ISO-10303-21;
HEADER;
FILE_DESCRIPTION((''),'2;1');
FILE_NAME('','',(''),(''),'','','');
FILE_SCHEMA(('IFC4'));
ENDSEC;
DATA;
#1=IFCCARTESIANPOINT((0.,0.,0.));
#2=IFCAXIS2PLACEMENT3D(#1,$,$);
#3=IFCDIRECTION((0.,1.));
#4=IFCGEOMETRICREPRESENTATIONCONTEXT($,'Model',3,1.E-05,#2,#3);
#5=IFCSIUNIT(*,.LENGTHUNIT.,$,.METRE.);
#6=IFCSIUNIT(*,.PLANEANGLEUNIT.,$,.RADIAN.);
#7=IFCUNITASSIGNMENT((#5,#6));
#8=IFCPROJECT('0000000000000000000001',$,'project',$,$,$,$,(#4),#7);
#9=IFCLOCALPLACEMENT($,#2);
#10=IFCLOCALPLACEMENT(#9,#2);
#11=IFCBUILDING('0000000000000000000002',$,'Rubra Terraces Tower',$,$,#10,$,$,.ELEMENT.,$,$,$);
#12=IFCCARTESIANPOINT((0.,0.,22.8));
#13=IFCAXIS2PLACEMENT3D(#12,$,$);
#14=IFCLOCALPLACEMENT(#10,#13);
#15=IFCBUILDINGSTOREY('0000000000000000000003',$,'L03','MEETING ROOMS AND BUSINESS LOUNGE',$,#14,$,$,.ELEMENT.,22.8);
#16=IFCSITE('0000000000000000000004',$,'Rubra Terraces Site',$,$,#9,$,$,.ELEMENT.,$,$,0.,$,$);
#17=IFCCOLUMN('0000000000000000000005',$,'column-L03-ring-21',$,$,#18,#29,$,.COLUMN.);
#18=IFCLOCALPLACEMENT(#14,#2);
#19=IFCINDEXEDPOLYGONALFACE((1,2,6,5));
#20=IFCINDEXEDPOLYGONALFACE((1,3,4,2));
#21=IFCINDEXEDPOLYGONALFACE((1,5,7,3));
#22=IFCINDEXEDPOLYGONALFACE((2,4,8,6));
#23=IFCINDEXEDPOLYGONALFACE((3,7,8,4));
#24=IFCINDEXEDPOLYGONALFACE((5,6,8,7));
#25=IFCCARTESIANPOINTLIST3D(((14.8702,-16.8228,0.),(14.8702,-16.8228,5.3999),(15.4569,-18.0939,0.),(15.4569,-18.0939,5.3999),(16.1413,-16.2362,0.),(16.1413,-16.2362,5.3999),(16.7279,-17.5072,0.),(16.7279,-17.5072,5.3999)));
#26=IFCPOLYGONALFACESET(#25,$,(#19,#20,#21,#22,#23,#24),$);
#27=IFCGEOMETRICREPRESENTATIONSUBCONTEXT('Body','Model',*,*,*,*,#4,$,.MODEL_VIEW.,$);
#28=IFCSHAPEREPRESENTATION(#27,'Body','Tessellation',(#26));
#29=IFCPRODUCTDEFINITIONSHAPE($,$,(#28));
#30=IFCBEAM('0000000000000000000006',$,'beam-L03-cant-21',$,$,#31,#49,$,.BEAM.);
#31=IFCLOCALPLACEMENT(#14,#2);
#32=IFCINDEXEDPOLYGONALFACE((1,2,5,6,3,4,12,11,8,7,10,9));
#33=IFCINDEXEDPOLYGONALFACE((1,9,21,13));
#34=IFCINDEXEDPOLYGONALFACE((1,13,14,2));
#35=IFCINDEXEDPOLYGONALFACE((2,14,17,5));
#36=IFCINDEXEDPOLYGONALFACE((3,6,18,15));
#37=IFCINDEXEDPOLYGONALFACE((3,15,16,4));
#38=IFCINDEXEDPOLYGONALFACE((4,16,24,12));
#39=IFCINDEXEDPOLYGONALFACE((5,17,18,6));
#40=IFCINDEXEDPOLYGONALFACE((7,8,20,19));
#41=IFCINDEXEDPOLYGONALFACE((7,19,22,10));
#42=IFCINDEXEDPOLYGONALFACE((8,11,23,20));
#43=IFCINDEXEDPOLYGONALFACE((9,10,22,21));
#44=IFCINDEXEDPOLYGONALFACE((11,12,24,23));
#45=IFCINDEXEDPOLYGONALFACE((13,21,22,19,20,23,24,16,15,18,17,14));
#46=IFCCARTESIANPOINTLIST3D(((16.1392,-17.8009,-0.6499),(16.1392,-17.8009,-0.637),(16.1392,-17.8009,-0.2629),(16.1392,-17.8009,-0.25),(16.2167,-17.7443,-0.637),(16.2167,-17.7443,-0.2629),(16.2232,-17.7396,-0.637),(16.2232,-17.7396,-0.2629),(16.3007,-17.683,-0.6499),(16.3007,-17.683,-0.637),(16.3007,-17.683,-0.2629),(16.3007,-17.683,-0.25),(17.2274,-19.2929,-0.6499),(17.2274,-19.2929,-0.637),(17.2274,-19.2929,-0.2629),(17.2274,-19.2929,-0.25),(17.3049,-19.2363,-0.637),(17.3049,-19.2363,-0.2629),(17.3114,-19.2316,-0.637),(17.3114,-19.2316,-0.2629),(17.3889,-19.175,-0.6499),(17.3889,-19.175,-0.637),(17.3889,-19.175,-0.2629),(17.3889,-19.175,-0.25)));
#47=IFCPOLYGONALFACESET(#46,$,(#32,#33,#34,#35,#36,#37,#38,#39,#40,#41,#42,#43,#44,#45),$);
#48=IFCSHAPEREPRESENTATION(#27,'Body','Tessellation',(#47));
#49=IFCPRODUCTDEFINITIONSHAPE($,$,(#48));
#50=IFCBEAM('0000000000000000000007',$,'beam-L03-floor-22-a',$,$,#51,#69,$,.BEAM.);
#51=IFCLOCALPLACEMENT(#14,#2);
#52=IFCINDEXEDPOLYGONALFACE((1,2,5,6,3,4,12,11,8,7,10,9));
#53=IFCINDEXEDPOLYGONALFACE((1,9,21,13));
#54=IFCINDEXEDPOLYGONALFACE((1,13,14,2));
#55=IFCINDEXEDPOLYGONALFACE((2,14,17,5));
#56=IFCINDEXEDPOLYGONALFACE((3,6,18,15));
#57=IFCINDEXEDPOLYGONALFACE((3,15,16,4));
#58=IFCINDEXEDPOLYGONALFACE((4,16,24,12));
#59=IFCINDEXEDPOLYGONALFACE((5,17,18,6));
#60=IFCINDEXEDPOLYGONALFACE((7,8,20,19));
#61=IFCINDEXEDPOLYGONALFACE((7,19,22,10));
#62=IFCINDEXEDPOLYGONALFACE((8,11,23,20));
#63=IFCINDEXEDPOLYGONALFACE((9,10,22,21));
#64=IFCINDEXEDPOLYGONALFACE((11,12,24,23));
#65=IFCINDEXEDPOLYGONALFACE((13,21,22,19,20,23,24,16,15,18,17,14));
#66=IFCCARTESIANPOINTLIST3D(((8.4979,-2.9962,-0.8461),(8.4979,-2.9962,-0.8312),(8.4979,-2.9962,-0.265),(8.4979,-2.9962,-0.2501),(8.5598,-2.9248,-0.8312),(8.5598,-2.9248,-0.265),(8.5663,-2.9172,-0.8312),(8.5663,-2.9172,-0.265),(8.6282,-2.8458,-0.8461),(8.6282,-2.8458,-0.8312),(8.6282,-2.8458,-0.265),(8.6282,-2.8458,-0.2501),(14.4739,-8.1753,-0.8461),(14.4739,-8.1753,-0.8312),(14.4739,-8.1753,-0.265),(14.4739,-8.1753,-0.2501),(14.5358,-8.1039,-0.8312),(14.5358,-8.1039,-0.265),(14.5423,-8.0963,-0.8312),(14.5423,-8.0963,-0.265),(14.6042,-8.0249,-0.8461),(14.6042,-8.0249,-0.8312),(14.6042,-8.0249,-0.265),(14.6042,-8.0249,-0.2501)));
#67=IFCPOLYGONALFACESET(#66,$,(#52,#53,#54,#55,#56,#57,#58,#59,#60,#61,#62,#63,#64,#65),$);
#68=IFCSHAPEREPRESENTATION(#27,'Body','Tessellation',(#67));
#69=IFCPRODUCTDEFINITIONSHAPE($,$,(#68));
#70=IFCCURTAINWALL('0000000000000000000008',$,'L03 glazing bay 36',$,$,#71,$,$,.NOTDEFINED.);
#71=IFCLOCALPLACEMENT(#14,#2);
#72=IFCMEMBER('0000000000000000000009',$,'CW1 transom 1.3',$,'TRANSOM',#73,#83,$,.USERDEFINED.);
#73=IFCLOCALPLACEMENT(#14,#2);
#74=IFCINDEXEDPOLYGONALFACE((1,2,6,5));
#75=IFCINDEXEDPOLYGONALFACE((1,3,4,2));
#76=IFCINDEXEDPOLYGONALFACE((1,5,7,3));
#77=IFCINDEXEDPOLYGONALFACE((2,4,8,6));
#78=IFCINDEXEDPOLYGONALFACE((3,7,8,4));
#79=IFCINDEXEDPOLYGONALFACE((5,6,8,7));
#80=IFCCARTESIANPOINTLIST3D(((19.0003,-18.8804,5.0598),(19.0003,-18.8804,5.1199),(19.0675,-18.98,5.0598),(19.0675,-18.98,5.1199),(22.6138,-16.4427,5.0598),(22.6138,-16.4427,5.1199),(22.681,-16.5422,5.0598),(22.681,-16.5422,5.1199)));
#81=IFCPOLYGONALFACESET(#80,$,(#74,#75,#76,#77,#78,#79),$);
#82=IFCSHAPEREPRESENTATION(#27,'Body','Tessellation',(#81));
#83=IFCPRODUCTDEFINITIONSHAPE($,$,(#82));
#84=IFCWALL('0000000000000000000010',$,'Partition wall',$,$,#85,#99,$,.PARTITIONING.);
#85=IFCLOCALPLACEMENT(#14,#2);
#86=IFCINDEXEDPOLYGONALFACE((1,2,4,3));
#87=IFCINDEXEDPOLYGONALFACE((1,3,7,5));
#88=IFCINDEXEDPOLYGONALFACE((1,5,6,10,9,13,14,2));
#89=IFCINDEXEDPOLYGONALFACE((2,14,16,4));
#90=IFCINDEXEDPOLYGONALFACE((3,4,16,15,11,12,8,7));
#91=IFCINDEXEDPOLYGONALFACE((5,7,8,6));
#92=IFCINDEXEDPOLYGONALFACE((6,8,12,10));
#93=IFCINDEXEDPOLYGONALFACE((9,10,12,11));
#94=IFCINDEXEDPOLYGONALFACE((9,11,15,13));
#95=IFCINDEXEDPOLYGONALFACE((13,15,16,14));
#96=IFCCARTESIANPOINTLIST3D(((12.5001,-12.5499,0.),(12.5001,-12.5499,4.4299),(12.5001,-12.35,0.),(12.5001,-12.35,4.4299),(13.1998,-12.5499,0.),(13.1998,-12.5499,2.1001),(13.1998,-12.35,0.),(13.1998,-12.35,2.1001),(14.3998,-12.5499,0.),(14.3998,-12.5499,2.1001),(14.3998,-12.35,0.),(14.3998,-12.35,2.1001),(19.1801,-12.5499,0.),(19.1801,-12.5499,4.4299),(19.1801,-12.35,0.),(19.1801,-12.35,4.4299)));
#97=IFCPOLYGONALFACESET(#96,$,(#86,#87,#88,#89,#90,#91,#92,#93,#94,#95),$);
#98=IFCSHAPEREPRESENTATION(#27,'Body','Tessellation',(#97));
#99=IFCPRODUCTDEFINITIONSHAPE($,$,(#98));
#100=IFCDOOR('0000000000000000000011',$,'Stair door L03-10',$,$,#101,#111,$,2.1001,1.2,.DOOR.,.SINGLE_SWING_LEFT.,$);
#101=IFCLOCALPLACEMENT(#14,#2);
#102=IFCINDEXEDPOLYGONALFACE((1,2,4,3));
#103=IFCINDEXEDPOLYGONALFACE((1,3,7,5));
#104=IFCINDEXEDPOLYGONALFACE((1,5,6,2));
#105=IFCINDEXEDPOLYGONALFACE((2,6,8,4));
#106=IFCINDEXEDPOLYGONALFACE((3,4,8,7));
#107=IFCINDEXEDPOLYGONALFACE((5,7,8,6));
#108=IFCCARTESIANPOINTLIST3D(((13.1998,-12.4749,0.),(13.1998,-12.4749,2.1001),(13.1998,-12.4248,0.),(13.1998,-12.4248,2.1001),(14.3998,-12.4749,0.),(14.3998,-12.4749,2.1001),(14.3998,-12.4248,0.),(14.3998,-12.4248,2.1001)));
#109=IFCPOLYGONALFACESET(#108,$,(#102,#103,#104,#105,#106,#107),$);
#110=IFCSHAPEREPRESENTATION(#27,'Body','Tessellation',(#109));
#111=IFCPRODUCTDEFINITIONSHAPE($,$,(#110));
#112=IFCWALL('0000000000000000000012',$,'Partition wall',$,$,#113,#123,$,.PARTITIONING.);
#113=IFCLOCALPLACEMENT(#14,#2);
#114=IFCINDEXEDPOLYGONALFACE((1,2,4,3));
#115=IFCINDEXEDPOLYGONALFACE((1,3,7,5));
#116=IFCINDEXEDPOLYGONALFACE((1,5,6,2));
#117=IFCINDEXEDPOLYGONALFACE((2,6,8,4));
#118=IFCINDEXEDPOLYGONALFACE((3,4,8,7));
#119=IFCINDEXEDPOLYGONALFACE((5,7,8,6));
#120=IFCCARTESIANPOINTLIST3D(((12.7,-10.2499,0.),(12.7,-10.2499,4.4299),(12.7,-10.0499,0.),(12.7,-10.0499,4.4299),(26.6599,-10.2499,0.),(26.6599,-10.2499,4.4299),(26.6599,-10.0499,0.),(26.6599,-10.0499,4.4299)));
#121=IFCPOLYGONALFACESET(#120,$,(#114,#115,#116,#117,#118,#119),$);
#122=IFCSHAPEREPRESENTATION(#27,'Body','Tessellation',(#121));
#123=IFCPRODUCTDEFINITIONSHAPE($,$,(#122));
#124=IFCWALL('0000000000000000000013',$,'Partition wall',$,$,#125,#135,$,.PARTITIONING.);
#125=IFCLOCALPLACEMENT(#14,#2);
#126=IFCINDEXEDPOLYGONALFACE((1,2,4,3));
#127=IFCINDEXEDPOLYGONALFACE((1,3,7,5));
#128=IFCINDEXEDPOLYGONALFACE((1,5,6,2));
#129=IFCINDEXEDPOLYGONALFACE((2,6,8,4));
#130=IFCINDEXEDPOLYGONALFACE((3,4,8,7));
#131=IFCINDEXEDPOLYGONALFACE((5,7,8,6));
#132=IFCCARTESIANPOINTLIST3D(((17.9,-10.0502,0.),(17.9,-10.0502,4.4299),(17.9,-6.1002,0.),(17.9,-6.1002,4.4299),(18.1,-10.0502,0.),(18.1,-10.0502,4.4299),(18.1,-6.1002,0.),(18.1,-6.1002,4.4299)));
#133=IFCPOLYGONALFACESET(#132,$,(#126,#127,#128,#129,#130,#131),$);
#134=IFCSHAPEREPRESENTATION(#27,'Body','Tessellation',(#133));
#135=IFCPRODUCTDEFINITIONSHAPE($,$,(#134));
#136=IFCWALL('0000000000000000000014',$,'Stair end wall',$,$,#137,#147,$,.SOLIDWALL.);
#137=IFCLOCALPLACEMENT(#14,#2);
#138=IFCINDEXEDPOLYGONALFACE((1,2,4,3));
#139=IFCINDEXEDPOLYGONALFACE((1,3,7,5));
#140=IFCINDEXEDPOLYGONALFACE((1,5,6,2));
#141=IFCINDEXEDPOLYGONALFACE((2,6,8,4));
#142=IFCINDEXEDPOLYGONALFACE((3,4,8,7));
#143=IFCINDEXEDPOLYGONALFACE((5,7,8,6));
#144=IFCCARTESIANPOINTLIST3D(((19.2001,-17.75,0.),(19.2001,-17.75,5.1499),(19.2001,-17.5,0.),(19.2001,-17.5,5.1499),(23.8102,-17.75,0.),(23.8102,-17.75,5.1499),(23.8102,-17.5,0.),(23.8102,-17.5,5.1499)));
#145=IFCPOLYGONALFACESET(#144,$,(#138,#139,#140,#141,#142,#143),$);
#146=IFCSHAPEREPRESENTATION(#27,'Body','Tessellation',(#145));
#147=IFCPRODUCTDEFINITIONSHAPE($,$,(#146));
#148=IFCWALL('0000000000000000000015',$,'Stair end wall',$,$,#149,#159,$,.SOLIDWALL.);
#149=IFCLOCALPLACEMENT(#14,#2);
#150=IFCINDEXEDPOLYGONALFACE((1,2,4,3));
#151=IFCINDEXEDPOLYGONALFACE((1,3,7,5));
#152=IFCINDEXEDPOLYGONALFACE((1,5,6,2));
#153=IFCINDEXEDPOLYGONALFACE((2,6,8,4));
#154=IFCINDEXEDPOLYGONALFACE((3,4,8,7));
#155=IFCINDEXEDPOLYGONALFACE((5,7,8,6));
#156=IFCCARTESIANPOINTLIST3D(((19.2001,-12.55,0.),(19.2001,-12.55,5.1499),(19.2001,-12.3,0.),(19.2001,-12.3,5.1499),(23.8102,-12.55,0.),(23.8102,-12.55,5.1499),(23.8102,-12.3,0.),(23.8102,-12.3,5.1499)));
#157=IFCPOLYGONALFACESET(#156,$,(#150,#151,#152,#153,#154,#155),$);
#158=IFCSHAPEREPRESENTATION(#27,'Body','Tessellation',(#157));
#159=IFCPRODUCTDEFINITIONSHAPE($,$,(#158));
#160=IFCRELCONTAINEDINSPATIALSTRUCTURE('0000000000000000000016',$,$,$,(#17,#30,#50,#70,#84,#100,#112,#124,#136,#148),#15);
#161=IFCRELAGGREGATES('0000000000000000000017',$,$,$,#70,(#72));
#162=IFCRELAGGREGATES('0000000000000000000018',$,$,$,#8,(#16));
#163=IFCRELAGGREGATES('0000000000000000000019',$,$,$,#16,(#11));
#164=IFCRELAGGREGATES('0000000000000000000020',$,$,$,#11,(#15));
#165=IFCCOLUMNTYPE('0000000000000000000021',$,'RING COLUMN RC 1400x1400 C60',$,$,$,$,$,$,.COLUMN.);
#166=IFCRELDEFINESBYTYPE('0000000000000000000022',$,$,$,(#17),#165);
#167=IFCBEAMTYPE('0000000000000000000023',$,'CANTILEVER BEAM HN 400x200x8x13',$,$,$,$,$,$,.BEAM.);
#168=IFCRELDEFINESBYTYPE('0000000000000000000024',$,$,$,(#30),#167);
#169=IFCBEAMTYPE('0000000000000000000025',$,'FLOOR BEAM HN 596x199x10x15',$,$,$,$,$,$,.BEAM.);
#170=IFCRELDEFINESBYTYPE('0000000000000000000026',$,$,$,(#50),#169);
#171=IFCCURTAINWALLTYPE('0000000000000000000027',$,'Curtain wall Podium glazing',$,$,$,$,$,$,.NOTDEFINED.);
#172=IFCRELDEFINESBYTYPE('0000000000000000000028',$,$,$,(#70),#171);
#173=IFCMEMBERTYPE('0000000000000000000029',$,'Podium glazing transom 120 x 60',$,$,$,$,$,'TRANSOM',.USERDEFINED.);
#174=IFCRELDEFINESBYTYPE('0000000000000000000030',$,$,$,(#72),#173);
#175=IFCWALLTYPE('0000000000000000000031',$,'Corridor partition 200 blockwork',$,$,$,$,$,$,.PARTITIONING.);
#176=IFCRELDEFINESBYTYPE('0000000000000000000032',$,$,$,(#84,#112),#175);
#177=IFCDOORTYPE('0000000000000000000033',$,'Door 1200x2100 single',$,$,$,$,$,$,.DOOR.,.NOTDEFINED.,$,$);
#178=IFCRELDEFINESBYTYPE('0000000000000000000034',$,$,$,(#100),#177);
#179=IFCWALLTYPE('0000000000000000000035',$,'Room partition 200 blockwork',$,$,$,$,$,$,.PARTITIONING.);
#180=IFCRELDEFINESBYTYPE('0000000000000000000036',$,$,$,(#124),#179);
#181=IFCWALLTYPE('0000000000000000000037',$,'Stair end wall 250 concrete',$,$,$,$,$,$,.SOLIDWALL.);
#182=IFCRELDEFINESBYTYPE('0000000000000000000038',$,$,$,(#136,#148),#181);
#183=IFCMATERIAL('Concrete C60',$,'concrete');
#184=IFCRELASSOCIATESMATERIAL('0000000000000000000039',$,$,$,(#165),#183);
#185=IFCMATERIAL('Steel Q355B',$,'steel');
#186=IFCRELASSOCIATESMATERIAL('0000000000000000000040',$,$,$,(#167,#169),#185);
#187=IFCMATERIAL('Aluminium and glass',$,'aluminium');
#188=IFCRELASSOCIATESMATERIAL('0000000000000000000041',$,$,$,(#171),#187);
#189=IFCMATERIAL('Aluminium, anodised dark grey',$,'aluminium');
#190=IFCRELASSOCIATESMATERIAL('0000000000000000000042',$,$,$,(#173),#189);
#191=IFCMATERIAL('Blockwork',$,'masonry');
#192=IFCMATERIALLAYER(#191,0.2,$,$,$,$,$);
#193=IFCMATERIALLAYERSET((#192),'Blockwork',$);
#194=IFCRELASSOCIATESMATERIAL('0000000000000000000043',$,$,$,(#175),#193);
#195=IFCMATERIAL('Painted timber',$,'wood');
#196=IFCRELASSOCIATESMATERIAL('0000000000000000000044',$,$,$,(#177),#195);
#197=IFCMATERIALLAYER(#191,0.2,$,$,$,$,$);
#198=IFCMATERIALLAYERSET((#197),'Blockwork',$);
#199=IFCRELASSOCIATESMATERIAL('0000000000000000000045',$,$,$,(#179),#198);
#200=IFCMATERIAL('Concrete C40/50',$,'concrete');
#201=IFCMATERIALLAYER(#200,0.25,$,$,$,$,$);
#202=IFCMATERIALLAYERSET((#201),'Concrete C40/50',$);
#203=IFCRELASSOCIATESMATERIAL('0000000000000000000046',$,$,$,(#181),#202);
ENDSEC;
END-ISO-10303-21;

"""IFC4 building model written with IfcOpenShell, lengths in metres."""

from ifc_helpers import new_model, si_unit, direction, frame, frame_2d, origin, origin_2d, place, context, subcontext, project, spatial, rectangle, i_section, extrude, material, layer, layer_set, material_profile, profile_set, type_object, element, fill, aggregate, save


model = new_model("IFC4")

# Units and contexts
model_context = context("Model", 3, precision=1e-05, world=origin(), true_north=direction((0.0, 1.0)))
body_context = subcontext(model_context, "Body", "Model", "MODEL_VIEW")
ifc_project = project(units=[si_unit("LENGTHUNIT", "METRE"), si_unit("PLANEANGLEUNIT", "RADIAN")], contexts=[model_context])

# Site, building, storey
site_placement = place(None, origin())
site = spatial("IfcSite", under=ifc_project, at=site_placement, Name="Rubra Terraces Site", CompositionType="ELEMENT", RefElevation=0.0)
building_placement = place(site_placement, origin())
building = spatial("IfcBuilding", under=site, at=building_placement, Name="Rubra Terraces Tower", CompositionType="ELEMENT")
storey_placement = place(building_placement, frame((0.0, 0.0, 22.8)))
storey = spatial("IfcBuildingStorey", under=building, at=storey_placement, Name="L03", Description="MEETING ROOMS AND BUSINESS LOUNGE", CompositionType="ELEMENT", Elevation=22.8)

# Column
ifc_material_1 = material(Name="Concrete C60", Category="concrete")
ifc_material_profile_1 = material_profile(ifc_material_1, rectangle(XDim=1.3999, YDim=1.3999, at=origin_2d()), Name="RC 1400x1400")
ifc_profile_set_1 = profile_set([ifc_material_profile_1], Name="Concrete C60")
column_type = type_object("IfcColumnType", Name="RING COLUMN RC 1400x1400 C60", PredefinedType="COLUMN", material=ifc_profile_set_1)
column_placement = place(storey_placement, frame((15.7991, -17.165, 0.0), z_axis=(0.0, 0.0, 1.0), x_axis=(0.907952, 0.419073, 0.0)))
element("IfcColumn", 1, at=column_placement, inside=storey, type_object=column_type, Name="column-L03-ring-21", PredefinedType="COLUMN", context=body_context, shape_type="SweptSolid", body=[
    extrude(rectangle(XDim=1.3999, YDim=1.3999, at=origin_2d()), origin(), (0.0, 0.0, 1.0), 5.3999),
])

# Beams
ifc_material_2 = material(Name="Steel Q355B", Category="steel")
ifc_material_profile_2 = material_profile(ifc_material_2, i_section(OverallWidth=0.2, OverallDepth=0.3999, WebThickness=0.0081, FlangeThickness=0.0129, at=origin_2d()), Name="HN 400x200x8x13")
ifc_profile_set_2 = profile_set([ifc_material_profile_2], Name="Steel Q355B")
beam_type_1 = type_object("IfcBeamType", Name="CANTILEVER BEAM HN 400x200x8x13", PredefinedType="BEAM", material=ifc_profile_set_2)
beam_1_placement = place(storey_placement, frame((16.22, -17.7419, -0.45), z_axis=(0.589264, -0.807941, 0.0), x_axis=(0.807941, 0.589264, 0.0)))
element("IfcBeam", 2, at=beam_1_placement, inside=storey, type_object=beam_type_1, Name="beam-L03-cant-21", PredefinedType="BEAM", context=body_context, shape_type="SweptSolid", body=[
    extrude(i_section(OverallWidth=0.2, OverallDepth=0.3999, WebThickness=0.0081, FlangeThickness=0.0129, at=origin_2d()), origin(), (0.0, 0.0, 1.0), 1.8467),
])
ifc_material_profile_3 = material_profile(ifc_material_2, i_section(OverallWidth=0.199, OverallDepth=0.5959, WebThickness=0.01, FlangeThickness=0.0149, at=origin_2d()), Name="HN 596x199x10x15")
ifc_profile_set_3 = profile_set([ifc_material_profile_3], Name="Steel Q355B")
beam_type_2 = type_object("IfcBeamType", Name="FLOOR BEAM HN 596x199x10x15", PredefinedType="BEAM", material=ifc_profile_set_3)
beam_2_placement = place(storey_placement, frame((14.5391, -8.1001, -0.5481), z_axis=(-0.755693, 0.654926, 0.0), x_axis=(-0.654926, -0.755693, 0.0)))
element("IfcBeam", 3, at=beam_2_placement, inside=storey, type_object=beam_type_2, Name="beam-L03-floor-22-a", PredefinedType="BEAM", context=body_context, shape_type="SweptSolid", body=[
    extrude(i_section(OverallWidth=0.199, OverallDepth=0.5959, WebThickness=0.01, FlangeThickness=0.0149, at=origin_2d()), origin(), (0.0, 0.0, 1.0), 7.908),
])

# Curtain wall, member
ifc_material_3 = material(Name="Aluminium and glass", Category="aluminium")
curtain_wall_type = type_object("IfcCurtainWallType", Name="Curtain wall Podium glazing", PredefinedType="NOTDEFINED", material=ifc_material_3)
curtain_wall_placement = place(storey_placement, origin())
curtain_wall = element("IfcCurtainWall", 4, at=curtain_wall_placement, inside=storey, type_object=curtain_wall_type, Name="L03 glazing bay 36", PredefinedType="NOTDEFINED")
ifc_material_4 = material(Name="Aluminium, anodised dark grey", Category="aluminium")
ifc_material_profile_4 = material_profile(ifc_material_4, rectangle(XDim=0.1201, YDim=0.0601, at=origin_2d()), Name="AL 120x60")
ifc_profile_set_4 = profile_set([ifc_material_profile_4], Name="Aluminium, anodised dark grey")
member_type = type_object("IfcMemberType", Name="Podium glazing transom 120 x 60", ElementType="TRANSOM", PredefinedType="USERDEFINED", material=ifc_profile_set_4)
member_placement = place(storey_placement, frame((19.0339, -18.9302, 5.0898), z_axis=(0.828996, 0.559254, 0.0), x_axis=(-0.559254, 0.828996, 0.0)))
member = element("IfcMember", 5, at=member_placement, type_object=member_type, Name="CW1 transom 1.3", ObjectType="TRANSOM", PredefinedType="USERDEFINED", context=body_context, shape_type="SweptSolid", body=[
    extrude(rectangle(XDim=0.1201, YDim=0.0601, at=origin_2d()), origin(), (0.0, 0.0, 1.0), 4.3589),
])
aggregate(curtain_wall, [member])

# Wall, opening, door
ifc_material_5 = material(Name="Blockwork", Category="masonry")
ifc_layer_1 = layer(ifc_material_5, 0.2)
ifc_layer_set_1 = layer_set([ifc_layer_1], Name="Blockwork")
wall_type_1 = type_object("IfcWallType", Name="Corridor partition 200 blockwork", PredefinedType="PARTITIONING", material=ifc_layer_set_1)
wall_1_placement = place(storey_placement, frame((19.1799, -12.45, 0.0), z_axis=(0.0, 0.0, 1.0), x_axis=(-1.0, 0.0, 0.0)))
wall_1 = element("IfcWall", 6, at=wall_1_placement, inside=storey, type_object=wall_type_1, Name="Partition wall", PredefinedType="PARTITIONING", context=body_context, shape_type="SweptSolid", body=[
    extrude(rectangle(XDim=6.6799, YDim=0.2, at=frame_2d((3.3398, 0.0))), origin(), (0.0, 0.0, 1.0), 4.4299),
])
opening_placement = place(wall_1_placement, frame((4.78, 0.0, 0.0)))
opening = element("IfcOpeningElement", 7, at=opening_placement, cuts=wall_1, PredefinedType="OPENING", context=body_context, shape_type="SweptSolid", body=[
    extrude(rectangle(XDim=1.2, YDim=2.1001, at=frame_2d((0.6001, 1.05))), frame((0.0, 0.1099, 0.0), z_axis=(0.0, -1.0, 0.0), x_axis=(1.0, 0.0, 0.0)), (0.0, 0.0, 1.0), 0.22),
])
ifc_material_6 = material(Name="Painted timber", Category="wood")
door_type = type_object("IfcDoorType", Name="Door 1200x2100 single", OperationType="NOTDEFINED", PredefinedType="DOOR", material=ifc_material_6)
door_placement = place(opening_placement, origin())
door = element("IfcDoor", 8, at=door_placement, inside=storey, type_object=door_type, Name="Stair door L03-10", OperationType="SINGLE_SWING_LEFT", OverallHeight=2.1001, OverallWidth=1.2, PredefinedType="DOOR", context=body_context, shape_type="SweptSolid", body=[
    extrude(rectangle(XDim=1.2, YDim=2.1001, at=frame_2d((0.6001, 1.05))), frame((0.0, 0.0249, 0.0), z_axis=(0.0, -1.0, 0.0), x_axis=(1.0, 0.0, 0.0)), (0.0, 0.0, 1.0), 0.05),
])
fill(opening, door)

# Walls
wall_2_placement = place(storey_placement, frame((12.7, -10.1499, 0.0), z_axis=(0.0, 0.0, 1.0), x_axis=(1.0, 0.0, 0.0)))
element("IfcWall", 9, at=wall_2_placement, inside=storey, type_object=wall_type_1, Name="Partition wall", PredefinedType="PARTITIONING", context=body_context, shape_type="SweptSolid", body=[
    extrude(rectangle(XDim=13.96, YDim=0.2, at=frame_2d((6.98, 0.0))), origin(), (0.0, 0.0, 1.0), 4.4299),
])
ifc_layer_2 = layer(ifc_material_5, 0.2)
ifc_layer_set_2 = layer_set([ifc_layer_2], Name="Blockwork")
wall_type_2 = type_object("IfcWallType", Name="Room partition 200 blockwork", PredefinedType="PARTITIONING", material=ifc_layer_set_2)
wall_3_placement = place(storey_placement, frame((18.0, -6.1001, 0.0), z_axis=(0.0, 0.0, 1.0), x_axis=(0.0, -1.0, 0.0)))
element("IfcWall", 10, at=wall_3_placement, inside=storey, type_object=wall_type_2, Name="Partition wall", PredefinedType="PARTITIONING", context=body_context, shape_type="SweptSolid", body=[
    extrude(rectangle(XDim=3.95, YDim=0.2, at=frame_2d((1.9751, 0.0))), origin(), (0.0, 0.0, 1.0), 4.4299),
])
ifc_material_7 = material(Name="Concrete C40/50", Category="concrete")
ifc_layer_3 = layer(ifc_material_7, 0.25)
ifc_layer_set_3 = layer_set([ifc_layer_3], Name="Concrete C40/50")
wall_type_3 = type_object("IfcWallType", Name="Stair end wall 250 concrete", PredefinedType="SOLIDWALL", material=ifc_layer_set_3)
for number, where, z_axis, x_axis, name in (
    (11, (19.2, -17.625, 0.0), (0.0, 0.0, 1.0), (1.0, 0.0, 0.0), "Stair end wall"),
    (12, (19.2, -12.425, 0.0), (0.0, 0.0, 1.0), (1.0, 0.0, 0.0), "Stair end wall"),
):
    element("IfcWall", number, at=place(storey_placement, frame(where, z_axis=z_axis, x_axis=x_axis)), inside=storey, type_object=wall_type_3, Name=name, PredefinedType="SOLIDWALL", context=body_context, shape_type="SweptSolid", body=[
        extrude(rectangle(XDim=4.6101, YDim=0.25, at=frame_2d((2.3052, 0.0))), origin(), (0.0, 0.0, 1.0), 5.1499),
    ])

save(model, "model.ifc")
